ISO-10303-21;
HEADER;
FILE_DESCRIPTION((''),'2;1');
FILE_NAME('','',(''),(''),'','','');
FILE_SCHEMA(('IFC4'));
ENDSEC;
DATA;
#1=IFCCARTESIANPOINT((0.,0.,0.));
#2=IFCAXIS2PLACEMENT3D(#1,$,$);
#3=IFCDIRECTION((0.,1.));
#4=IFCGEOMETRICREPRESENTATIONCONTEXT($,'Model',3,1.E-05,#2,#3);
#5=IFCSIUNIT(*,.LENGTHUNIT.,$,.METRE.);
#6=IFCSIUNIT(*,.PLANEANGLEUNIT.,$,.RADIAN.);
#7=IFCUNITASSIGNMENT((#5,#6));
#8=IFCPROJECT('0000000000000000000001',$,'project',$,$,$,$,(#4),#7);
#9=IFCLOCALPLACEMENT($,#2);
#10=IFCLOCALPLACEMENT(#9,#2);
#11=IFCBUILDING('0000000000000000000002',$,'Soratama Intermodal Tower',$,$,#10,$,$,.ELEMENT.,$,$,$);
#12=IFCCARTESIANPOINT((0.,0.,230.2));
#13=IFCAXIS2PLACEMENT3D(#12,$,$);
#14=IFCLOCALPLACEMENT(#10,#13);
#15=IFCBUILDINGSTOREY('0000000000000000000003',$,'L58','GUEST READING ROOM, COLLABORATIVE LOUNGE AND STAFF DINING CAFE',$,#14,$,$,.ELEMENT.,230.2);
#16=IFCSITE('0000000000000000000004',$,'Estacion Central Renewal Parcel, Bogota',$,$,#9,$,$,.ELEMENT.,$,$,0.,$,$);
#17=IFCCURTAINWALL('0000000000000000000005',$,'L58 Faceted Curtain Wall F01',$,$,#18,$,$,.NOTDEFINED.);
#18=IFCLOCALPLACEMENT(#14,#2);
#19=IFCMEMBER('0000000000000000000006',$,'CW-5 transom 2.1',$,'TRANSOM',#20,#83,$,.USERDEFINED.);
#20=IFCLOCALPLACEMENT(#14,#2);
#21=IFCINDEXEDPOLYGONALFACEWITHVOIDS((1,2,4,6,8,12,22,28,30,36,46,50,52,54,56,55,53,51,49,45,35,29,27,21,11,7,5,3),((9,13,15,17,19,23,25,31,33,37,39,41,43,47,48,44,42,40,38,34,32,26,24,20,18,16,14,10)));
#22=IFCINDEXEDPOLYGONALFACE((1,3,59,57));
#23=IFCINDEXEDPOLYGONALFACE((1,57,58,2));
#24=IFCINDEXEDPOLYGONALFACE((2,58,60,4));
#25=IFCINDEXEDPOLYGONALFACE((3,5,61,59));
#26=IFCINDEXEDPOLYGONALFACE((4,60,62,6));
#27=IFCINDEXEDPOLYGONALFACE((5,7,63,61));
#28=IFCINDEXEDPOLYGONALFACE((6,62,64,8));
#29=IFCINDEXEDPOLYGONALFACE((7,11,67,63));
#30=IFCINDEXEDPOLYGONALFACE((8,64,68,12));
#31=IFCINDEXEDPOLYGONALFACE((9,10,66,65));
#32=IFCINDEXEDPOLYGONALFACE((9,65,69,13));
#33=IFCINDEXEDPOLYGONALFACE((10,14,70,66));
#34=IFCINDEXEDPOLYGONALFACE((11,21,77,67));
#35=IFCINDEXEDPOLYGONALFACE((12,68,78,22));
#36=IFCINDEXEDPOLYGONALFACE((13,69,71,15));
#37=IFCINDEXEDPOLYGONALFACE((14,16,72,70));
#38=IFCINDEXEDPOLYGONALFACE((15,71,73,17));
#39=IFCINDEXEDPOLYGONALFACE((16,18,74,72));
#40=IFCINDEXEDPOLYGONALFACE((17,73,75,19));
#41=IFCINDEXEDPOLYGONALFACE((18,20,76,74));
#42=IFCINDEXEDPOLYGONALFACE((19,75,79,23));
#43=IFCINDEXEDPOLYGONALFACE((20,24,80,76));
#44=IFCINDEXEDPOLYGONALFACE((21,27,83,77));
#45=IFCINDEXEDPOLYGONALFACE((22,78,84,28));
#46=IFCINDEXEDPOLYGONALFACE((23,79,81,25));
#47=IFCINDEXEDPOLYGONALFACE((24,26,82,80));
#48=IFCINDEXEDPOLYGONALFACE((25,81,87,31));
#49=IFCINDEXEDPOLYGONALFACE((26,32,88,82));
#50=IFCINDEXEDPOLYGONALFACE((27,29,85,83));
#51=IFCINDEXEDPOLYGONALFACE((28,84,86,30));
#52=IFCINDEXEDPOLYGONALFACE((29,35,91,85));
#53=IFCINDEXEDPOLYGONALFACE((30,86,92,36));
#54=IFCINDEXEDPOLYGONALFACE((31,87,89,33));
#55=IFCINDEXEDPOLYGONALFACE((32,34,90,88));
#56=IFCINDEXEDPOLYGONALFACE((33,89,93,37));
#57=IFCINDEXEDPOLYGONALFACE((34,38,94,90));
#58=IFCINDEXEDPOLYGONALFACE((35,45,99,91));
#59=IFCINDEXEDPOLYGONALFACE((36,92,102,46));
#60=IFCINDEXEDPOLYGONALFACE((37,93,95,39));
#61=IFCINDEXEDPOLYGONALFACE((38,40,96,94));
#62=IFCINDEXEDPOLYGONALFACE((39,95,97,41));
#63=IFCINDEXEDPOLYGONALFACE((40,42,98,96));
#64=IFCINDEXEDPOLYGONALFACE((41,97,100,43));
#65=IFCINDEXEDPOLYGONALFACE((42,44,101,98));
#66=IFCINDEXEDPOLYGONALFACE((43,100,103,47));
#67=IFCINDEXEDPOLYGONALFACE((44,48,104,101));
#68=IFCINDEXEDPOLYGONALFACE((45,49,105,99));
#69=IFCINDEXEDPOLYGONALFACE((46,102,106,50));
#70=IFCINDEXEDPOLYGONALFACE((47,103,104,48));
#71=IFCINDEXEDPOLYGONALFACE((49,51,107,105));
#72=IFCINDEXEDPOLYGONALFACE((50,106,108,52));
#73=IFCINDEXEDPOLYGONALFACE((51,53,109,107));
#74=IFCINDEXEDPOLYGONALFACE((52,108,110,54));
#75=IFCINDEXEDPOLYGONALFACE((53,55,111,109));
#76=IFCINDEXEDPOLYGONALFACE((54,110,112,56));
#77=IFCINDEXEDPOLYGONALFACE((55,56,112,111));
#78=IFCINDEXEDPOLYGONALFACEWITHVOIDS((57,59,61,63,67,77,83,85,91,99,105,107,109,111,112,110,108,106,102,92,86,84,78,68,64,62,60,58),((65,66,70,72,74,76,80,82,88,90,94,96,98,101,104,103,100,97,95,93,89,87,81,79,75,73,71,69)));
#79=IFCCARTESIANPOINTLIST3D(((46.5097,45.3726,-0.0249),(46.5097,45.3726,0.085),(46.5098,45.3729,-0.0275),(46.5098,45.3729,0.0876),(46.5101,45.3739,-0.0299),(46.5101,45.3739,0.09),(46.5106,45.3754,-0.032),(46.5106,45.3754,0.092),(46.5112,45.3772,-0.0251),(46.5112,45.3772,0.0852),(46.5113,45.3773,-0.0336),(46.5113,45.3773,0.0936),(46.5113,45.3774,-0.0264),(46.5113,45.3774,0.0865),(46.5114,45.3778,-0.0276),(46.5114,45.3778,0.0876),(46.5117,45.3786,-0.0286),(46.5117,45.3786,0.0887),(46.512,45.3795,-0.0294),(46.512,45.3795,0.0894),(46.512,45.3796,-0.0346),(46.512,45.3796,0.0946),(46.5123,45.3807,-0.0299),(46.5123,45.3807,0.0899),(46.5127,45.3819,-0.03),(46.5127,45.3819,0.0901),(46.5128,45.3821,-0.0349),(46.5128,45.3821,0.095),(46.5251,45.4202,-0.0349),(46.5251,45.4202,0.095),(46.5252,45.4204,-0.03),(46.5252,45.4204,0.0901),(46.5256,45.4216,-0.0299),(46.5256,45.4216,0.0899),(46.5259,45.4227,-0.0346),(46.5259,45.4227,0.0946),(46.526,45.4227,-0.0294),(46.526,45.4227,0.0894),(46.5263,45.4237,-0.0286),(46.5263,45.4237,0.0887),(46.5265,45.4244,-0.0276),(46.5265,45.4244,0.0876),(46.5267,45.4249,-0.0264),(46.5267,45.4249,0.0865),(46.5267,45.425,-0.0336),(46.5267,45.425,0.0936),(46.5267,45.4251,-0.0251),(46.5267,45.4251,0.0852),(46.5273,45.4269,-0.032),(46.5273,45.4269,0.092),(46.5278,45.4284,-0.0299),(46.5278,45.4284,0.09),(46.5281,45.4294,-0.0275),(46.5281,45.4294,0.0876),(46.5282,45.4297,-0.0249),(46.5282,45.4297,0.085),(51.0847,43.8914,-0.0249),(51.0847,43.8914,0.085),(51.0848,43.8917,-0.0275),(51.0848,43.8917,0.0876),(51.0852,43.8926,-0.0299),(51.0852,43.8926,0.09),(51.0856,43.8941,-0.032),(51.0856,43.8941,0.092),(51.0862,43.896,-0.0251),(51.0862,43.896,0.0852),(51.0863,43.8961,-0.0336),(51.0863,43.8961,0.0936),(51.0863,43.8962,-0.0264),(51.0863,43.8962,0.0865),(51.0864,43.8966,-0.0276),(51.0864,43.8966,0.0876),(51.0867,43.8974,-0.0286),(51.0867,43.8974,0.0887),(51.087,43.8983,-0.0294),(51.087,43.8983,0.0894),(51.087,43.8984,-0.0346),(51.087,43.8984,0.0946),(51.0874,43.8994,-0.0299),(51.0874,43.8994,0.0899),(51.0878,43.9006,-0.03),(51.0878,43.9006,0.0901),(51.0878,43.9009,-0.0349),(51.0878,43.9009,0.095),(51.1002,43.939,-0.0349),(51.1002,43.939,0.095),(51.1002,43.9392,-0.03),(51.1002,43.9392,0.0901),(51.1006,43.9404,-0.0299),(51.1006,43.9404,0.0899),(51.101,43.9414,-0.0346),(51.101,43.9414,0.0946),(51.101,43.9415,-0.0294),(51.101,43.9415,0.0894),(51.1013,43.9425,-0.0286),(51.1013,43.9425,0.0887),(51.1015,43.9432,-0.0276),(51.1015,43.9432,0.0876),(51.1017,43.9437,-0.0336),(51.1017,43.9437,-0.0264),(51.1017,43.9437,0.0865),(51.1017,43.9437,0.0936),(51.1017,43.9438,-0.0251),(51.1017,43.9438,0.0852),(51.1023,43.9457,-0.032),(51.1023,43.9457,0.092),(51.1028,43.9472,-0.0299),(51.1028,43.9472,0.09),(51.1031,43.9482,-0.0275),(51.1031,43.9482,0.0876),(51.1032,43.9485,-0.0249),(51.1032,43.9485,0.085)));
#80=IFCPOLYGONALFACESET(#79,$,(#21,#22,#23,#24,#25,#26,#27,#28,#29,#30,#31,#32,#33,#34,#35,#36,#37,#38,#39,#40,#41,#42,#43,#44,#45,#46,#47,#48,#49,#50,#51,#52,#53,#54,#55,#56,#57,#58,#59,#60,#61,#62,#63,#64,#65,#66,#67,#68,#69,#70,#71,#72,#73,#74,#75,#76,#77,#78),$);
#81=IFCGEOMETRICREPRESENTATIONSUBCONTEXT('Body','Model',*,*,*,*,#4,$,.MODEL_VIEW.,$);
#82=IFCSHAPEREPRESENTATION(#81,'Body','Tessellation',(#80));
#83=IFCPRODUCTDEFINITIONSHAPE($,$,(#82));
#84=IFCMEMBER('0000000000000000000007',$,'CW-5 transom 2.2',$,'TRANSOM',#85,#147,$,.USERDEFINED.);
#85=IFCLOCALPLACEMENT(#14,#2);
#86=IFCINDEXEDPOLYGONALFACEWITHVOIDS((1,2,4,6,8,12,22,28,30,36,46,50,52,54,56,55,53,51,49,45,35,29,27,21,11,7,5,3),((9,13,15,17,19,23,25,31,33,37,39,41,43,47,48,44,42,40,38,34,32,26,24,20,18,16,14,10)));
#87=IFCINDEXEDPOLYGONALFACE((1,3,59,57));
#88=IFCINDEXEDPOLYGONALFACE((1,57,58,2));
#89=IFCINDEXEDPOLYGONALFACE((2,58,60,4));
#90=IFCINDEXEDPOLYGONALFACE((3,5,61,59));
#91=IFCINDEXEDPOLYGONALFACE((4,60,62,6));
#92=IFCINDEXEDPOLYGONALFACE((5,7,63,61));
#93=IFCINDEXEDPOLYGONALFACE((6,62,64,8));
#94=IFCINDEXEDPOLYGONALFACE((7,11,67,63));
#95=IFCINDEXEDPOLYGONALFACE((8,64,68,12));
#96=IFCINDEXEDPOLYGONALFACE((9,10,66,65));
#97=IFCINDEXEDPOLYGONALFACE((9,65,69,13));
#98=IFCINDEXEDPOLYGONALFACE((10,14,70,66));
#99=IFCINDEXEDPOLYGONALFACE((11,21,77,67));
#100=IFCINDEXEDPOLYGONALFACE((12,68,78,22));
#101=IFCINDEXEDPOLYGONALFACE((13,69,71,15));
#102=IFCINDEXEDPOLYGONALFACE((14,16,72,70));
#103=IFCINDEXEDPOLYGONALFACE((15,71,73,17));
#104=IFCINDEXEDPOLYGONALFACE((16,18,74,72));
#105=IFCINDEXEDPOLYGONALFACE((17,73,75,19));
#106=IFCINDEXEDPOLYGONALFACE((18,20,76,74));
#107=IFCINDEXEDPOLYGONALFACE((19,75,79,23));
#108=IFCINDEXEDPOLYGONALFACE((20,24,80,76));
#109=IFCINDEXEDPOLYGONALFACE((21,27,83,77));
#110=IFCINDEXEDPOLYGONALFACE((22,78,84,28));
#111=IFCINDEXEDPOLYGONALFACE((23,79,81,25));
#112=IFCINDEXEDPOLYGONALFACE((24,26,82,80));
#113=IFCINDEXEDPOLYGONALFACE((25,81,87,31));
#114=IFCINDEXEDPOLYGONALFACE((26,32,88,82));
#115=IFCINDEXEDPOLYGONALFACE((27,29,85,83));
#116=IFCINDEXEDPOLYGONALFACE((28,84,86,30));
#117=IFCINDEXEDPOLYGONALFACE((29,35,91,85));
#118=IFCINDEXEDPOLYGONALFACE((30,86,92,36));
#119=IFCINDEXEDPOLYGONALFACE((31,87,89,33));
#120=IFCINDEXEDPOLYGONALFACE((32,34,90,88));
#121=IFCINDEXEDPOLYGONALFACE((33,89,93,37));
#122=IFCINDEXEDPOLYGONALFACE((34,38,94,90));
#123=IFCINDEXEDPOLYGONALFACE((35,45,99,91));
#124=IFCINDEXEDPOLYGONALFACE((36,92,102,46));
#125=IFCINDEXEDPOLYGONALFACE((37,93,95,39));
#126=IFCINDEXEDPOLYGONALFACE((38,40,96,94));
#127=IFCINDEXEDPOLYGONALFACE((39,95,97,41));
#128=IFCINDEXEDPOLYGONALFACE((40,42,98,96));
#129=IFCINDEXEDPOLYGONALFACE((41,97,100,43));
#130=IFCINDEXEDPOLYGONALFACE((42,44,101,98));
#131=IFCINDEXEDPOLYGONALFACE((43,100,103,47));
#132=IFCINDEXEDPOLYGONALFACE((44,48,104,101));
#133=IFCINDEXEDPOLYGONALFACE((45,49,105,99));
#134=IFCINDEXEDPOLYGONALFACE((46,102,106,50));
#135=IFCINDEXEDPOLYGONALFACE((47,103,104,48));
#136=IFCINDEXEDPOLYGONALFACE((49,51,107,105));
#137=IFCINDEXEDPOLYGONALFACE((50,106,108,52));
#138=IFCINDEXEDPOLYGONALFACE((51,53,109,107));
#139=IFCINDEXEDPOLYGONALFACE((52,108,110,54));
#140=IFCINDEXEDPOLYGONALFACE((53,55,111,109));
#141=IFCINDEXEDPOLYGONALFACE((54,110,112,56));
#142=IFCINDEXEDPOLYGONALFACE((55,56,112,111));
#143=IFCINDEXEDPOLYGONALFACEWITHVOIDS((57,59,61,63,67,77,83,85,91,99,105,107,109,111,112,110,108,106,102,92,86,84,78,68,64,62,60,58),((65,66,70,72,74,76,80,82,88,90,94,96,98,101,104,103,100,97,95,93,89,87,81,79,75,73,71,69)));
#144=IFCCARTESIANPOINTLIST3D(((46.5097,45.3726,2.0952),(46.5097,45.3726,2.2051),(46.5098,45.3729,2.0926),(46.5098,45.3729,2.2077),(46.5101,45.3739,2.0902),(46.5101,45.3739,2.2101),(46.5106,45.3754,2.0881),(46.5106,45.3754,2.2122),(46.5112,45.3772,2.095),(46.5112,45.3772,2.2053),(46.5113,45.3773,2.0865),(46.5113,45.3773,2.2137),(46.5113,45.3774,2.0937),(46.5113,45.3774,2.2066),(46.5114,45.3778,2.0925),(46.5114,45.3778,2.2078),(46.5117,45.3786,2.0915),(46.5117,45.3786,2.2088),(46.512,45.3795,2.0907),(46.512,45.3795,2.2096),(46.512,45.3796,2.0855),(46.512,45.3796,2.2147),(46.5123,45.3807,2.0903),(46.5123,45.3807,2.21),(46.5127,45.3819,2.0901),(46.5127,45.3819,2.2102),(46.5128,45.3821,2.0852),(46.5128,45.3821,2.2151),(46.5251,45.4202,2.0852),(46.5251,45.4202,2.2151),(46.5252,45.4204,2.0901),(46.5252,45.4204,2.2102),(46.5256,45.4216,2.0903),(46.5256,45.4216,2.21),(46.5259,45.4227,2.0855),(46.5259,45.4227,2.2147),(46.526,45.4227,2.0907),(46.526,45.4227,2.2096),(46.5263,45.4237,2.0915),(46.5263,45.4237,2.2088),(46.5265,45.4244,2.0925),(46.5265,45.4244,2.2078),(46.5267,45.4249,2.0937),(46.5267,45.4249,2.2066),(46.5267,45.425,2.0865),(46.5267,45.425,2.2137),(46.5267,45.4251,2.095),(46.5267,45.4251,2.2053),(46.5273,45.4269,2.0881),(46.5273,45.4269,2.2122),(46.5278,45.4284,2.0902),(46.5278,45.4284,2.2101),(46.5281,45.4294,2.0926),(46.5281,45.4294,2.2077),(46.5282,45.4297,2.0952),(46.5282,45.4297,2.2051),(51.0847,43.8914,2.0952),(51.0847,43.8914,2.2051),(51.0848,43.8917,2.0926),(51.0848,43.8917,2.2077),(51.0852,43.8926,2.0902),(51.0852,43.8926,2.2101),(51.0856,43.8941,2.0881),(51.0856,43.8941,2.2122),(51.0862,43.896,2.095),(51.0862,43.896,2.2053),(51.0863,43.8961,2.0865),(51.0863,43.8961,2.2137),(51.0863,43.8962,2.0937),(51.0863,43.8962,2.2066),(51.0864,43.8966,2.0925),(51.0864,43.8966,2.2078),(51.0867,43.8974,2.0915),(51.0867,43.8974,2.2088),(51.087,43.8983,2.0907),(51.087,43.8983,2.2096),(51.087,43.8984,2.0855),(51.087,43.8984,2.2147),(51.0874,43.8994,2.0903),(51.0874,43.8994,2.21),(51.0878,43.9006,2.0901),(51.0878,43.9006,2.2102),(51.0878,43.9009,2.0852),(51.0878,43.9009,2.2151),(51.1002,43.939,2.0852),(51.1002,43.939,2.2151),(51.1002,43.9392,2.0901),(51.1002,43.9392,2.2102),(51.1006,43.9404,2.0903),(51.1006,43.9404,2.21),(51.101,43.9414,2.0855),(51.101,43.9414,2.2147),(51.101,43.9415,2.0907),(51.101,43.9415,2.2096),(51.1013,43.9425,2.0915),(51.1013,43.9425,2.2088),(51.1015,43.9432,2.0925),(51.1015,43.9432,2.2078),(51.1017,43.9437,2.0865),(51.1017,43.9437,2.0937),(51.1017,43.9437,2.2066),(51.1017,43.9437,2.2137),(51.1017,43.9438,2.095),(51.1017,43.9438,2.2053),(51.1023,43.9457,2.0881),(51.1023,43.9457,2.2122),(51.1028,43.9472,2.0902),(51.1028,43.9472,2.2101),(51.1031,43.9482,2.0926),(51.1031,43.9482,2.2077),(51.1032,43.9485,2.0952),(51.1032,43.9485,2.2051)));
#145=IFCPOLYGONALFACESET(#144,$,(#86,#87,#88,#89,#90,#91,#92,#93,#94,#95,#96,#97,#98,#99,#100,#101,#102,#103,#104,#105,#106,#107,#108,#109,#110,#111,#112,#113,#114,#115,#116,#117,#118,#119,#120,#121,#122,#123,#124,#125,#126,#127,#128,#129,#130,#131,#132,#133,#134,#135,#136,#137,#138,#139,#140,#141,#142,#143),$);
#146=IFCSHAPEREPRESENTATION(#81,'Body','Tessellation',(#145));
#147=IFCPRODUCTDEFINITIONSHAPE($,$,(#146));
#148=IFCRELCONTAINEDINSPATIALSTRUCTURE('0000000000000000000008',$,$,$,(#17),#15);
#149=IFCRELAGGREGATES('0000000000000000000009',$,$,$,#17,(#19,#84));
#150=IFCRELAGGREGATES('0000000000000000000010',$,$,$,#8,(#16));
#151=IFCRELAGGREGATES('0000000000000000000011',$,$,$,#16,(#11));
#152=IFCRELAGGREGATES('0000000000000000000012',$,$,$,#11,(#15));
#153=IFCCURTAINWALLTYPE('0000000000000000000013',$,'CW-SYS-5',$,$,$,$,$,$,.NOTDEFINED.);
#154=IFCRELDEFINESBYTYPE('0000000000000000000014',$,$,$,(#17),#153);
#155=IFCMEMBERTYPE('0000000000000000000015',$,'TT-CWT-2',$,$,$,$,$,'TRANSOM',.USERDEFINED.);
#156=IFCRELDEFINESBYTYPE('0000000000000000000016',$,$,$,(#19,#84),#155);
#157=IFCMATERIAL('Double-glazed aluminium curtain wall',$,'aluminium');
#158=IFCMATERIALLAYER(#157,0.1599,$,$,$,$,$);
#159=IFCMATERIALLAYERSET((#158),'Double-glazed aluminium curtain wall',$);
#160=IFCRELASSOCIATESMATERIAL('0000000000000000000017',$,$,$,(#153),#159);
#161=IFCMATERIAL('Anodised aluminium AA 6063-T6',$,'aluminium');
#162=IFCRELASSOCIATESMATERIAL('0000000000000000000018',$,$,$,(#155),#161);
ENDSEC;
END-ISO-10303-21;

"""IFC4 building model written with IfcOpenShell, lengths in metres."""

from ifc_helpers import new_model, si_unit, direction, frame, origin, origin_2d, place, context, subcontext, project, spatial, hollow_rectangle, extrude, material, layer, layer_set, material_profile, profile_set, type_object, element, aggregate, save


model = new_model("IFC4")

# Units and contexts
model_context = context("Model", 3, precision=1e-05, world=origin(), true_north=direction((0.0, 1.0)))
body_context = subcontext(model_context, "Body", "Model", "MODEL_VIEW")
ifc_project = project(units=[si_unit("LENGTHUNIT", "METRE"), si_unit("PLANEANGLEUNIT", "RADIAN")], contexts=[model_context])

# Site, building, storey
site_placement = place(None, origin())
site = spatial("IfcSite", under=ifc_project, at=site_placement, Name="Estacion Central Renewal Parcel, Bogota", CompositionType="ELEMENT", RefElevation=0.0)
building_placement = place(site_placement, origin())
building = spatial("IfcBuilding", under=site, at=building_placement, Name="Soratama Intermodal Tower", CompositionType="ELEMENT")
storey_placement = place(building_placement, frame((0.0, 0.0, 230.2)))
storey = spatial("IfcBuildingStorey", under=building, at=storey_placement, Name="L58", Description="GUEST READING ROOM, COLLABORATIVE LOUNGE AND STAFF DINING CAFE", CompositionType="ELEMENT", Elevation=230.2)

# Curtain wall
ifc_material_1 = material(Name="Double-glazed aluminium curtain wall", Category="aluminium")
ifc_layer_1 = layer(ifc_material_1, 0.1599)
ifc_layer_set_1 = layer_set([ifc_layer_1], Name="Double-glazed aluminium curtain wall")
curtain_wall_type = type_object("IfcCurtainWallType", Name="CW-SYS-5", PredefinedType="NOTDEFINED", material=ifc_layer_set_1)
curtain_wall_1_placement = place(storey_placement, origin())
curtain_wall_1 = element("IfcCurtainWall", 1, at=curtain_wall_1_placement, inside=storey, type_object=curtain_wall_type, Name="L58 Faceted Curtain Wall F01", PredefinedType="NOTDEFINED")

# Members
ifc_material_2 = material(Name="Anodised aluminium AA 6063-T6", Category="aluminium")
ifc_material_profile_1 = material_profile(ifc_material_2, hollow_rectangle(XDim=0.0601, YDim=0.1299, WallThickness=0.0049, InnerFilletRadius=0.0049, OuterFilletRadius=0.01, at=origin_2d()), Name="CWT130X60X5")
ifc_profile_set_1 = profile_set([ifc_material_profile_1], Name="Anodised aluminium AA 6063-T6")
member_type_1 = type_object("IfcMemberType", Name="TT-CWT-2", ElementType="TRANSOM", PredefinedType="USERDEFINED", material=ifc_profile_set_1)
member_1_placement = place(storey_placement, frame((51.094, 43.9199, 0.03), z_axis=(-0.951379, 0.308022, 0.0), x_axis=(-0.308022, -0.951379, 0.0)))
member_1 = element("IfcMember", 2, at=member_1_placement, type_object=member_type_1, Name="CW-5 transom 2.1", ObjectType="TRANSOM", PredefinedType="USERDEFINED", context=body_context, shape_type="SweptSolid", body=[
    extrude(hollow_rectangle(XDim=0.0601, YDim=0.1299, WallThickness=0.0049, InnerFilletRadius=0.0049, OuterFilletRadius=0.01, at=origin_2d()), origin(), (0.0, 0.0, 1.0), 4.8088),
])
member_2_placement = place(storey_placement, frame((51.094, 43.9199, 2.1501), z_axis=(-0.951379, 0.308022, 0.0), x_axis=(-0.308022, -0.951379, 0.0)))
member_2 = element("IfcMember", 3, at=member_2_placement, type_object=member_type_1, Name="CW-5 transom 2.2", ObjectType="TRANSOM", PredefinedType="USERDEFINED", context=body_context, shape_type="SweptSolid", body=[
    extrude(hollow_rectangle(XDim=0.0601, YDim=0.1299, WallThickness=0.0049, InnerFilletRadius=0.0049, OuterFilletRadius=0.01, at=origin_2d()), origin(), (0.0, 0.0, 1.0), 4.8088),
])

aggregate(curtain_wall_1, [member_1, member_2])

save(model, "model.ifc")
